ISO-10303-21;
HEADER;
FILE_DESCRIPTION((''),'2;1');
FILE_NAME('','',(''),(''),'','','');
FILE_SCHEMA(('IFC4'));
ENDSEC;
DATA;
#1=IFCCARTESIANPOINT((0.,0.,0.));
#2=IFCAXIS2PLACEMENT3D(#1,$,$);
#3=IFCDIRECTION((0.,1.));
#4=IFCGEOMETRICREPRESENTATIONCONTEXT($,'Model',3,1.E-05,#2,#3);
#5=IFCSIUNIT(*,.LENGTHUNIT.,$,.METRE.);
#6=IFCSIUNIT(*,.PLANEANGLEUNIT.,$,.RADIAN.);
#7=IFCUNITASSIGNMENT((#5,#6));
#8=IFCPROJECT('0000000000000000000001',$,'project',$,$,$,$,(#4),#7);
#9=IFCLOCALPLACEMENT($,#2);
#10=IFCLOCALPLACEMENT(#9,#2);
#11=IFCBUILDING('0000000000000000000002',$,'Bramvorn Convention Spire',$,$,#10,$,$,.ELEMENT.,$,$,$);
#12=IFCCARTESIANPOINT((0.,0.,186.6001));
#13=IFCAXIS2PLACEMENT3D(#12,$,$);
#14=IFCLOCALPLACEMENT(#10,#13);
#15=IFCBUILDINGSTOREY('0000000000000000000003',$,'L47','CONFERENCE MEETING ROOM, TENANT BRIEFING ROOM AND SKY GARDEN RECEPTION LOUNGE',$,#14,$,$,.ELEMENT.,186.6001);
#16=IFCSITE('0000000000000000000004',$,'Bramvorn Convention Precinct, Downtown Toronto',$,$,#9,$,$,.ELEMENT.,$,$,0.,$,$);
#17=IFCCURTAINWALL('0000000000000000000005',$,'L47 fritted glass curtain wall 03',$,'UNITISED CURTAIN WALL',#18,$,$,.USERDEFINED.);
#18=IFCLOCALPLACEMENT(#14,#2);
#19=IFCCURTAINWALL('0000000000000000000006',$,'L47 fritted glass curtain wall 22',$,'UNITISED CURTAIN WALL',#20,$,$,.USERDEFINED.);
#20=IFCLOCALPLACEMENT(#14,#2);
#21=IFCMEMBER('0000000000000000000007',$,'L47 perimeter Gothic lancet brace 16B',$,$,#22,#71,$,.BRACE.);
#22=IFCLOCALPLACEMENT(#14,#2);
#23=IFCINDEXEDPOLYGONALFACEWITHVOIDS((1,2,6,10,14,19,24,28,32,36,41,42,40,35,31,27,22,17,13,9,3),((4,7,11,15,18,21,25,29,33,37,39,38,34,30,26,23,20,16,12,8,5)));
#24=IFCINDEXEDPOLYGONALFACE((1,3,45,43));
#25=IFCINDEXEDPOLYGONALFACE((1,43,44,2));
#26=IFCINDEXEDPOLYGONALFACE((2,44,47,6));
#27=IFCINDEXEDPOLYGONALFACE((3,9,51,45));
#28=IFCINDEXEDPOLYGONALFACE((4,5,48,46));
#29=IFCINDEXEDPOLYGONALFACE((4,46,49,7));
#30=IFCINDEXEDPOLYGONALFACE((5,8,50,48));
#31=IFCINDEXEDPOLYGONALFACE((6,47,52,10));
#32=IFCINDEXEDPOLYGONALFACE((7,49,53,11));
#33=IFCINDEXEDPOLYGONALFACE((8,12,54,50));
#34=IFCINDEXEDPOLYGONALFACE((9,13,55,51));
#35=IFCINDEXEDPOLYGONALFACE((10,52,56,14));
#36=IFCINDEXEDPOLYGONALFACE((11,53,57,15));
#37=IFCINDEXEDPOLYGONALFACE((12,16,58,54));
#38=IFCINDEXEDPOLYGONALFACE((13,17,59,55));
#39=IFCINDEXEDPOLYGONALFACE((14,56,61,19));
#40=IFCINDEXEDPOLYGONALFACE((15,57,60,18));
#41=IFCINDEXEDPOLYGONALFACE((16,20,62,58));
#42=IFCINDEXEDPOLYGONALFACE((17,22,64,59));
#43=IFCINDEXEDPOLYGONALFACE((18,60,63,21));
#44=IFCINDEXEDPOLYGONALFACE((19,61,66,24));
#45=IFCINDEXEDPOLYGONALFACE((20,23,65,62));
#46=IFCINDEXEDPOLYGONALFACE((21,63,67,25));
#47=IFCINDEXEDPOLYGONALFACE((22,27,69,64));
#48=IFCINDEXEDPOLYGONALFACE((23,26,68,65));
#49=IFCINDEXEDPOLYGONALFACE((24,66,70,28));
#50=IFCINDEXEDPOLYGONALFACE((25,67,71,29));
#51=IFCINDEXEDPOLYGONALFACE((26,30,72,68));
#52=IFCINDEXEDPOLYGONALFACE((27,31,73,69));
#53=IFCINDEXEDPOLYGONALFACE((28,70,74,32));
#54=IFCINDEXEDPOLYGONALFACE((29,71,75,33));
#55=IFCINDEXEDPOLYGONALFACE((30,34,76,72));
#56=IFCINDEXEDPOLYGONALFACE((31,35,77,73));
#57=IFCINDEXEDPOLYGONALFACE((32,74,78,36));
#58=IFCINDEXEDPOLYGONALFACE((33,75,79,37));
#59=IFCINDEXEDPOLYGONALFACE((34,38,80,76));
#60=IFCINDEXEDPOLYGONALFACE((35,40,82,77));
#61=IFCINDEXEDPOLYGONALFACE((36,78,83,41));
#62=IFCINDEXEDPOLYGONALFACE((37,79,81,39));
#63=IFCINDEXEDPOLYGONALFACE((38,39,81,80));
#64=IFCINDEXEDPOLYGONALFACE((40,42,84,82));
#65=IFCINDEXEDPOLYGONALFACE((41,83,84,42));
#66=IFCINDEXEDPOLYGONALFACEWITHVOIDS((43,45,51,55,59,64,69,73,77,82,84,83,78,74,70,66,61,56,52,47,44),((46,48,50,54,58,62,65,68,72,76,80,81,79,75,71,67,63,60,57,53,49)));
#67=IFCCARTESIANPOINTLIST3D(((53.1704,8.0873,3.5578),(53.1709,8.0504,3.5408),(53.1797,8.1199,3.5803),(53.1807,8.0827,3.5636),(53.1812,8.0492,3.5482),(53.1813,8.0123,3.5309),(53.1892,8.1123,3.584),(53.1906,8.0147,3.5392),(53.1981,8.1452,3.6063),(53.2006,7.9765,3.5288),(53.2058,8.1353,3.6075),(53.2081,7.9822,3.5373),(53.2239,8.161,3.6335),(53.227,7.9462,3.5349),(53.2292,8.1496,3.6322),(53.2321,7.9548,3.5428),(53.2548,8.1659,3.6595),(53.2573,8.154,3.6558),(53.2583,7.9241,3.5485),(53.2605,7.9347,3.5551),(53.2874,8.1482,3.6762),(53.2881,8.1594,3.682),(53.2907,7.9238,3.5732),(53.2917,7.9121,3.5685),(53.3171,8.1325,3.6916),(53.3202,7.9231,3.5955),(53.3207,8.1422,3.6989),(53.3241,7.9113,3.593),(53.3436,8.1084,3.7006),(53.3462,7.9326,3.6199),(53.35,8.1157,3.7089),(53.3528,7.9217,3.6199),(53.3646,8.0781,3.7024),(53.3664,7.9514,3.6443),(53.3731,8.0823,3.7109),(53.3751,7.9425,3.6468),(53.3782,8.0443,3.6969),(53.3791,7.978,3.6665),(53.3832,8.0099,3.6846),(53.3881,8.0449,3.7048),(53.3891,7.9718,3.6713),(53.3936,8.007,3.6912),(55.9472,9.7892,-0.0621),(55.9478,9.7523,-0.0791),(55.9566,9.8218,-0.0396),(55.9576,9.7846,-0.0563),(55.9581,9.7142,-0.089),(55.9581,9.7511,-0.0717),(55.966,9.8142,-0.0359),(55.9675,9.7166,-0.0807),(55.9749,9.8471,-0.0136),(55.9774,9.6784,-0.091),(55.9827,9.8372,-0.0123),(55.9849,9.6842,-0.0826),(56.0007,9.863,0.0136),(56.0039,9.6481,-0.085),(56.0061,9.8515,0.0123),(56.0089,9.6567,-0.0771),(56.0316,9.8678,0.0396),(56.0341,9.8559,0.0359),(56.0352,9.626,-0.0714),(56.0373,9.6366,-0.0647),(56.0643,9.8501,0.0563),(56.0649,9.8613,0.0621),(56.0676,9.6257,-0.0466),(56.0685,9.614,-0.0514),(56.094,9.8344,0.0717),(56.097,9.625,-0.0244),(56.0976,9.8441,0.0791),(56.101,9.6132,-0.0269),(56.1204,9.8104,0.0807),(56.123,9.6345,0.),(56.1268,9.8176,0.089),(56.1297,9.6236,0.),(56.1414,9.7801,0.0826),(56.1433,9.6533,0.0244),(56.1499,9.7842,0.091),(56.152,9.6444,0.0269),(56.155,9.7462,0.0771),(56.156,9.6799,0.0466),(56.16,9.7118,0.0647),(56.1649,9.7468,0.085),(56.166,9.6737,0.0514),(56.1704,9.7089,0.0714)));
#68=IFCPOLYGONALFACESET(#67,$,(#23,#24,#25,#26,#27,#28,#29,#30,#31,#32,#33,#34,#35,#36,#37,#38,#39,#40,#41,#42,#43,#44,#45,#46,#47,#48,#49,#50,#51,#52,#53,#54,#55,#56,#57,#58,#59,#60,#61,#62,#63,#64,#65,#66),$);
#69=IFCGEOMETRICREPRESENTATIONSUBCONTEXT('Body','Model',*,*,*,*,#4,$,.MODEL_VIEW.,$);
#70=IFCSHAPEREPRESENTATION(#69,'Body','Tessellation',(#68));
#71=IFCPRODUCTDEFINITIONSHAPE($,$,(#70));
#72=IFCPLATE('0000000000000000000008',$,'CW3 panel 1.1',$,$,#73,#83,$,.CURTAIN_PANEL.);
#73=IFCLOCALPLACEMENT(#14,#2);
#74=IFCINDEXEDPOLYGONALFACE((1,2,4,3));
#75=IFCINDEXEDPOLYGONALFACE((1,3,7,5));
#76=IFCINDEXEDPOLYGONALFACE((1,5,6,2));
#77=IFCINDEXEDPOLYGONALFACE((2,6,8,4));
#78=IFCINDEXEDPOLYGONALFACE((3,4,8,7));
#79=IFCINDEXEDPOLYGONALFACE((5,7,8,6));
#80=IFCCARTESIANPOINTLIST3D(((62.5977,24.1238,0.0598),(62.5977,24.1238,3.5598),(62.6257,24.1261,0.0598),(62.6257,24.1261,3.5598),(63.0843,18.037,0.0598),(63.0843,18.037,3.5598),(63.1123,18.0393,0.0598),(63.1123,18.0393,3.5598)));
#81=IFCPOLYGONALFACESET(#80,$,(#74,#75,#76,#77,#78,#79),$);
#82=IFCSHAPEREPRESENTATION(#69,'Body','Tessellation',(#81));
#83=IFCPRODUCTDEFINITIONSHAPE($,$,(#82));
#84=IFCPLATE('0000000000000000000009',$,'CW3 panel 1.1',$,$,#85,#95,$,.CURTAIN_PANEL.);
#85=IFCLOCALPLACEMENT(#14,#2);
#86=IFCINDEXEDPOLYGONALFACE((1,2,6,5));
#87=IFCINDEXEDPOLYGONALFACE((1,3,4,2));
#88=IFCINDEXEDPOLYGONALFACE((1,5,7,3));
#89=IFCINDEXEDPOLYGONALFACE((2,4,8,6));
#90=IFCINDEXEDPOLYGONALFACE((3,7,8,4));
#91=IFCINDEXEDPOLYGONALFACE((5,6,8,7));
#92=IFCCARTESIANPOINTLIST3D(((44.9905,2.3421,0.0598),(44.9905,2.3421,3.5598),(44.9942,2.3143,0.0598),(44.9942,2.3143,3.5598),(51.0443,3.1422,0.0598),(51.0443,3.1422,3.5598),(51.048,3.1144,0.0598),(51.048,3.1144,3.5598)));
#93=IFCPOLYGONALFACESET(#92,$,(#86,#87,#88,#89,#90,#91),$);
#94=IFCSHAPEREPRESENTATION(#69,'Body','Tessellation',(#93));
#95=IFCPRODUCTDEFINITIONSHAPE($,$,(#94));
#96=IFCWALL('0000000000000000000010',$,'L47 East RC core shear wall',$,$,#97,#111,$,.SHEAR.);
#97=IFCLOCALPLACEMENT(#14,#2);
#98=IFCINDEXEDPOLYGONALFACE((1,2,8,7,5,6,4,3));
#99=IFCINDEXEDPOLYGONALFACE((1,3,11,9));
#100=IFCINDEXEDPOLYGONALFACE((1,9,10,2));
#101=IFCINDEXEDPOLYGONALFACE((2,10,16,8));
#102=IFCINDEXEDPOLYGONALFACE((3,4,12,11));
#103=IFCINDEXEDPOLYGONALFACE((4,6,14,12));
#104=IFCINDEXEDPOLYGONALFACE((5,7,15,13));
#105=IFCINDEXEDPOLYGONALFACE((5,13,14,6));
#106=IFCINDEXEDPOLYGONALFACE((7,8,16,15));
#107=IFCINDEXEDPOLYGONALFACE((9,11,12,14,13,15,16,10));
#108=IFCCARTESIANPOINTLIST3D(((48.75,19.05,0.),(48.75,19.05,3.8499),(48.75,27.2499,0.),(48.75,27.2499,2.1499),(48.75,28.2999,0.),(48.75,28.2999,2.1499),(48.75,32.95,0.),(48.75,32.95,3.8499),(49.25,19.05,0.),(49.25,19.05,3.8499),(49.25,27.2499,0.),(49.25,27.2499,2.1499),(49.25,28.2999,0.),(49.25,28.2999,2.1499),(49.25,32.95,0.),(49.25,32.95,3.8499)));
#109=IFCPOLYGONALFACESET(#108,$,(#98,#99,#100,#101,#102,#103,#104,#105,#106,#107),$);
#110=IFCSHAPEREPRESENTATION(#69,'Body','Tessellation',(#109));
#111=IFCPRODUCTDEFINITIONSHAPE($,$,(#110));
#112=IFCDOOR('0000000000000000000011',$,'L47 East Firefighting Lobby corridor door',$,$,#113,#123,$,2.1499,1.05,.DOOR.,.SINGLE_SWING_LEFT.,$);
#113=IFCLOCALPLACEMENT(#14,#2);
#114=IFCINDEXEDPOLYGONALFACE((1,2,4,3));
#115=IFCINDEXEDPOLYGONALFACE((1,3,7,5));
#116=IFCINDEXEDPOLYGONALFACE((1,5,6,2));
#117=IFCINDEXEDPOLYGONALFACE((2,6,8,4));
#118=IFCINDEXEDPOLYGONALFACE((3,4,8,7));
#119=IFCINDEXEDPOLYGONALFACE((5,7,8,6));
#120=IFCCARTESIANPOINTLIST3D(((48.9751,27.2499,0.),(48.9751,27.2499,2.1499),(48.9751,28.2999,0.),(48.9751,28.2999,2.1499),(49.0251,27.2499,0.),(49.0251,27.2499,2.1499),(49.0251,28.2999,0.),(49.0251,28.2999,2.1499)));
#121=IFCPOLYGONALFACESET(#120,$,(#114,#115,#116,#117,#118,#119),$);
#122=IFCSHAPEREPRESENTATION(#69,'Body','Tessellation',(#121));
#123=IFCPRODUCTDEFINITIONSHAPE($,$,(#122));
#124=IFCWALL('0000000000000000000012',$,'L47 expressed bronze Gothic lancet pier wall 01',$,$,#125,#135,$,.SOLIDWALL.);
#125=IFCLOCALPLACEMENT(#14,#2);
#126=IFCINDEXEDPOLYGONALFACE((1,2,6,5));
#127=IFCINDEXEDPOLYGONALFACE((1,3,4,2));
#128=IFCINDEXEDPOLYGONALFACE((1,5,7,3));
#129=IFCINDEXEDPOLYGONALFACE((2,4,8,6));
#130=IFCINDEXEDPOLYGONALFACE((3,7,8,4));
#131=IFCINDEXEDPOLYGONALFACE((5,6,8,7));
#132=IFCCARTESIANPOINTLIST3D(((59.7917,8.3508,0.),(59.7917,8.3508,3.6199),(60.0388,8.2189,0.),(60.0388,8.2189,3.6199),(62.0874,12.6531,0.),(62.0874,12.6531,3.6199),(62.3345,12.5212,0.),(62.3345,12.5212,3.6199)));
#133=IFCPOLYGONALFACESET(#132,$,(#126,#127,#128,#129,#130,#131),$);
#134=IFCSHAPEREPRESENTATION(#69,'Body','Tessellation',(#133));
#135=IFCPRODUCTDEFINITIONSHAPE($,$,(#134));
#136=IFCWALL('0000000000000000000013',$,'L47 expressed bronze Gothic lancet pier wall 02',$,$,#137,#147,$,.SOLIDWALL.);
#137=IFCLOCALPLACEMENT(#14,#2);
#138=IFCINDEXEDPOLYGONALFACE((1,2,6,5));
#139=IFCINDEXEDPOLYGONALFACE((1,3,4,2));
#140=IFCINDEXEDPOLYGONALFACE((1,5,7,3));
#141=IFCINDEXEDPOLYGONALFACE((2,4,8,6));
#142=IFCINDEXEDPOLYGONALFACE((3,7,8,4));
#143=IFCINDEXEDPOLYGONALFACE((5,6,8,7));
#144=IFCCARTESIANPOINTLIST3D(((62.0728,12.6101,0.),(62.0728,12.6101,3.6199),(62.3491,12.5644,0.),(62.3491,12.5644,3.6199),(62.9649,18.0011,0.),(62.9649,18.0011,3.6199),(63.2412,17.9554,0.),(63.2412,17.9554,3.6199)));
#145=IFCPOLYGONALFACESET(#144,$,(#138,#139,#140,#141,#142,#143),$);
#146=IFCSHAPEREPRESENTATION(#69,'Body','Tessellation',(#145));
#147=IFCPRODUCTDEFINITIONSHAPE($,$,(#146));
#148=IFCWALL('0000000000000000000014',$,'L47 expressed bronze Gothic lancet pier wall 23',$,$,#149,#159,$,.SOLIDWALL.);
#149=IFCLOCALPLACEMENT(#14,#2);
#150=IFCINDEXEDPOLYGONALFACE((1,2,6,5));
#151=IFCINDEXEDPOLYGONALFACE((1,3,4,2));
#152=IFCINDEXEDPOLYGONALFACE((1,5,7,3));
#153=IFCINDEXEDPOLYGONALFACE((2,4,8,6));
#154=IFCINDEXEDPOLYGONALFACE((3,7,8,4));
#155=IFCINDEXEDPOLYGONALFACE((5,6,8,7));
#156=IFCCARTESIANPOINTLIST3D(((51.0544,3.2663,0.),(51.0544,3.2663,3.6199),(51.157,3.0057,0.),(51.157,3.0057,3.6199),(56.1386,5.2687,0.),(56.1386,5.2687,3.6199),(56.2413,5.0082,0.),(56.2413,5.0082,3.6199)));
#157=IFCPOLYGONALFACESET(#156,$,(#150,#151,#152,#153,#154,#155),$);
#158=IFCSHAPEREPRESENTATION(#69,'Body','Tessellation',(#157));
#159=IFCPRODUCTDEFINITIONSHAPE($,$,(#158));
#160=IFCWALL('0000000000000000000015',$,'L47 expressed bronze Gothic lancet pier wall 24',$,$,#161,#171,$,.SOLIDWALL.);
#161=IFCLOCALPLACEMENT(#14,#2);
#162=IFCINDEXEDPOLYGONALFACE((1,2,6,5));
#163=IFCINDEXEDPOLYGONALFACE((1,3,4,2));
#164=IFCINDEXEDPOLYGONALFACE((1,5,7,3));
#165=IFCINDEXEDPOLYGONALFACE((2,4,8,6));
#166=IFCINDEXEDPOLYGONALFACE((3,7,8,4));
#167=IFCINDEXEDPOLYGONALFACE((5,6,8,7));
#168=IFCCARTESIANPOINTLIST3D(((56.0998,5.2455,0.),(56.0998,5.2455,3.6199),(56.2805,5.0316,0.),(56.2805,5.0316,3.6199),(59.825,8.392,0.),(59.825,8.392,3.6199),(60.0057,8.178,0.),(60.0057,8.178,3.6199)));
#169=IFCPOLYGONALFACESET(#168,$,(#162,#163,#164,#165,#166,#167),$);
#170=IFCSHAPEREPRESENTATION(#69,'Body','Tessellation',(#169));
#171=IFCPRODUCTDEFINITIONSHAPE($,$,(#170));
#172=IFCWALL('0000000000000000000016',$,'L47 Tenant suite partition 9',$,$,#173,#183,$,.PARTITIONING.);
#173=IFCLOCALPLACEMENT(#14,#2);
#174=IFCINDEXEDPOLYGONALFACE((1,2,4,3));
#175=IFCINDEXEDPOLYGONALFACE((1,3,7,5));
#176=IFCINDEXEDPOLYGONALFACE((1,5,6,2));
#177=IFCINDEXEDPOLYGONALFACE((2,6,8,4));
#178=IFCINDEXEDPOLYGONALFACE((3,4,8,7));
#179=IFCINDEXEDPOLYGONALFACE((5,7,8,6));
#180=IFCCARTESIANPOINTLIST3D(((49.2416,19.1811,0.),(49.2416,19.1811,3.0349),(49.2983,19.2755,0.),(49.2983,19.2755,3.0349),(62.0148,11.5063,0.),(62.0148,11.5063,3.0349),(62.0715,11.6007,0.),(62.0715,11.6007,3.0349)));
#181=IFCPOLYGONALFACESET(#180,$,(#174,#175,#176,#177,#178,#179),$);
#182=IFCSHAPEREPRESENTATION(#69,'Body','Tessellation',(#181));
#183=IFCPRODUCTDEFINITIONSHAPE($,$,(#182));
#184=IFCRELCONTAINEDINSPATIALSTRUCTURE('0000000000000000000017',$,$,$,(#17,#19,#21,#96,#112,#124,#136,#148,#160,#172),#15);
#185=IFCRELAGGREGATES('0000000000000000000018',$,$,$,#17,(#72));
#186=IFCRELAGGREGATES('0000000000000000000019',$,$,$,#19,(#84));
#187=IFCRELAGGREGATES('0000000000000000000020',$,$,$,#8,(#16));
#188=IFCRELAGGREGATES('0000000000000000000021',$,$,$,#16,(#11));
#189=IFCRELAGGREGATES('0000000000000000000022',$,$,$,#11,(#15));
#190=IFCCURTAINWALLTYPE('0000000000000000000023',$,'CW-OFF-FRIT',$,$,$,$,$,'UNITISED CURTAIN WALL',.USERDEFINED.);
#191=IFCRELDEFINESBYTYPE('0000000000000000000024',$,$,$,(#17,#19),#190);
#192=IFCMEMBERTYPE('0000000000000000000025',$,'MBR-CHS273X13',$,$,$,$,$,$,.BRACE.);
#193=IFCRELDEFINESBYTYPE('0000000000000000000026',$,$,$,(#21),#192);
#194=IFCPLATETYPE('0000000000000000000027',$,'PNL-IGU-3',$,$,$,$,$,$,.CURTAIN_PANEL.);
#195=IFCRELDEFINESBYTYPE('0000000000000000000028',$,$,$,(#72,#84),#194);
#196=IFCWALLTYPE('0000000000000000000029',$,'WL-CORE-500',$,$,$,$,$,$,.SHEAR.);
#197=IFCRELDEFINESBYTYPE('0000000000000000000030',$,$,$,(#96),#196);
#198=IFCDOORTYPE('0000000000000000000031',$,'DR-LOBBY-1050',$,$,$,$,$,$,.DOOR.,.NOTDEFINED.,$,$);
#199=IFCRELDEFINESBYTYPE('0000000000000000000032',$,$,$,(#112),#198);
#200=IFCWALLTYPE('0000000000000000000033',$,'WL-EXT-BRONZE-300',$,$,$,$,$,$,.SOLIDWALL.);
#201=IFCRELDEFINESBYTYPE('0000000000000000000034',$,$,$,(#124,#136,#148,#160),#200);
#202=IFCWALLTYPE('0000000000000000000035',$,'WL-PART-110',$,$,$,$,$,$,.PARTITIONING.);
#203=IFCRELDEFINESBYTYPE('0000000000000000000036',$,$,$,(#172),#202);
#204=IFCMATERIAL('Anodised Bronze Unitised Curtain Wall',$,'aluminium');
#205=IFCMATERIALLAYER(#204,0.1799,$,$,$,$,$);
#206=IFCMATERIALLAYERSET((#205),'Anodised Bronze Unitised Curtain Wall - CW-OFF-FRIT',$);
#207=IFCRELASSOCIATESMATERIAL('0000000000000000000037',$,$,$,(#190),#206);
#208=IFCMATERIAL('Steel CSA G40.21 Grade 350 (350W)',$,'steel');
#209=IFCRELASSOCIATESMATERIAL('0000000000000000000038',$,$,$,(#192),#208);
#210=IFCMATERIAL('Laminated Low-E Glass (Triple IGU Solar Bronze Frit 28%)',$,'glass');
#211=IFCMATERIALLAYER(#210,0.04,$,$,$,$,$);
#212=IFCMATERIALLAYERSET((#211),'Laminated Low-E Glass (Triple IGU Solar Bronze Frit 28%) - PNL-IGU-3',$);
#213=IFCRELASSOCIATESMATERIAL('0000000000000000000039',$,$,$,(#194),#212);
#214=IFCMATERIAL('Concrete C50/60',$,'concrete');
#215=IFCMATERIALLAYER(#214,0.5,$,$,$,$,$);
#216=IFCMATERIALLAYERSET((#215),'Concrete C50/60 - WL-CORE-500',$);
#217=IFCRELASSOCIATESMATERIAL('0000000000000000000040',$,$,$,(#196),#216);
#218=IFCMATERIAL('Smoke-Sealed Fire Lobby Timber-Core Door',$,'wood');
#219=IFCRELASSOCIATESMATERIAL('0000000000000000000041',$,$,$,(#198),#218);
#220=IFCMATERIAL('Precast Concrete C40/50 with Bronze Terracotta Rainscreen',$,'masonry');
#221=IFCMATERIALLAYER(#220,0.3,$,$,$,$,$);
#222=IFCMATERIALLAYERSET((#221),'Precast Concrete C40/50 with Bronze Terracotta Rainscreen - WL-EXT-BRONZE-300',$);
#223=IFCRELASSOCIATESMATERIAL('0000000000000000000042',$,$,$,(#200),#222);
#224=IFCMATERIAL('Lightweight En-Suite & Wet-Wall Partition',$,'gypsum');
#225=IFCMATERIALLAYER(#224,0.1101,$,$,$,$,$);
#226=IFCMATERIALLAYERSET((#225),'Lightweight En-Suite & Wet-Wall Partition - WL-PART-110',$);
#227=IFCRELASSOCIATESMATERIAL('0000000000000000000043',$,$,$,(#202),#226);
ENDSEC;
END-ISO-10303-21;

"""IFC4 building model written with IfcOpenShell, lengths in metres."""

from ifc_helpers import new_model, si_unit, direction, frame, frame_2d, origin, origin_2d, place, context, subcontext, project, spatial, rectangle, hollow_circle, extrude, material, layer, layer_set, material_profile, profile_set, type_object, element, fill, aggregate, save


model = new_model("IFC4")

# Units and contexts
model_context = context("Model", 3, precision=1e-05, world=origin(), true_north=direction((0.0, 1.0)))
body_context = subcontext(model_context, "Body", "Model", "MODEL_VIEW")
ifc_project = project(units=[si_unit("LENGTHUNIT", "METRE"), si_unit("PLANEANGLEUNIT", "RADIAN")], contexts=[model_context])

# Site, building, storey
site_placement = place(None, origin())
site = spatial("IfcSite", under=ifc_project, at=site_placement, Name="Bramvorn Convention Precinct, Downtown Toronto", CompositionType="ELEMENT", RefElevation=0.0)
building_placement = place(site_placement, origin())
building = spatial("IfcBuilding", under=site, at=building_placement, Name="Bramvorn Convention Spire", CompositionType="ELEMENT")
storey_placement = place(building_placement, frame((0.0, 0.0, 186.6001)))
storey = spatial("IfcBuildingStorey", under=building, at=storey_placement, Name="L47", Description="CONFERENCE MEETING ROOM, TENANT BRIEFING ROOM AND SKY GARDEN RECEPTION LOUNGE", CompositionType="ELEMENT", Elevation=186.6001)

# Shared definitions
ifc_material_1 = material(Name="Steel CSA G40.21 Grade 350 (350W)", Category="steel")

# Curtain wall
ifc_material_2 = material(Name="Anodised Bronze Unitised Curtain Wall", Category="aluminium")
ifc_layer_1 = layer(ifc_material_2, 0.1799)
ifc_layer_set_1 = layer_set([ifc_layer_1], Name="Anodised Bronze Unitised Curtain Wall - CW-OFF-FRIT")
curtain_wall_type = type_object("IfcCurtainWallType", Name="CW-OFF-FRIT", ElementType="UNITISED CURTAIN WALL", PredefinedType="USERDEFINED", material=ifc_layer_set_1)
curtain_wall_1_placement = place(storey_placement, origin())
curtain_wall_1 = element("IfcCurtainWall", 1, at=curtain_wall_1_placement, inside=storey, type_object=curtain_wall_type, Name="L47 fritted glass curtain wall 03", ObjectType="UNITISED CURTAIN WALL", PredefinedType="USERDEFINED")

# Curtain wall
curtain_wall_2_placement = place(storey_placement, origin())
curtain_wall_2 = element("IfcCurtainWall", 2, at=curtain_wall_2_placement, inside=storey, type_object=curtain_wall_type, Name="L47 fritted glass curtain wall 22", ObjectType="UNITISED CURTAIN WALL", PredefinedType="USERDEFINED")

# Member
ifc_material_profile_1 = material_profile(ifc_material_1, hollow_circle(Radius=0.1365, WallThickness=0.0127, at=origin_2d()))
ifc_profile_set_1 = profile_set([ifc_material_profile_1], Name="Steel CSA G40.21 Grade 350 (350W) - CHS273X13")
member_type_1 = type_object("IfcMemberType", Name="MBR-CHS273X13", PredefinedType="BRACE", material=ifc_profile_set_1)
member_1_placement = place(storey_placement, frame((56.0583, 9.74, 0.0), z_axis=(-0.570269, -0.349511, 0.743395), x_axis=(0.522553, -0.852607, 0.0)))
element("IfcMember", 3, at=member_1_placement, inside=storey, type_object=member_type_1, Name="L47 perimeter Gothic lancet brace 16B", PredefinedType="BRACE", context=body_context, shape_type="SweptSolid", body=[
    extrude(hollow_circle(Radius=0.1365, WallThickness=0.0127, at=origin_2d()), origin(), (0.0, 0.0, 1.0), 4.8694),
])

# Plates
ifc_material_3 = material(Name="Laminated Low-E Glass (Triple IGU Solar Bronze Frit 28%)", Category="glass")
ifc_layer_2 = layer(ifc_material_3, 0.04)
ifc_layer_set_2 = layer_set([ifc_layer_2], Name="Laminated Low-E Glass (Triple IGU Solar Bronze Frit 28%) - PNL-IGU-3")
plate_type = type_object("IfcPlateType", Name="PNL-IGU-3", PredefinedType="CURTAIN_PANEL", material=ifc_layer_set_2)
plate_1_placement = place(storey_placement, frame((62.855, 21.0815, 0.0598), z_axis=(0.0, 0.0, 1.0), x_axis=(0.079694, -0.996819, 0.0)))
plate_1 = element("IfcPlate", 4, at=plate_1_placement, type_object=plate_type, Name="CW3 panel 1.1", PredefinedType="CURTAIN_PANEL", context=body_context, shape_type="SweptSolid", body=[
    extrude(rectangle(XDim=6.1062, YDim=0.0281, at=origin_2d()), origin(), (0.0, 0.0, 1.0), 3.5),
])
aggregate(curtain_wall_1, [plate_1])
plate_2_placement = place(storey_placement, frame((48.0193, 2.7283, 0.0598), z_axis=(0.0, 0.0, 1.0), x_axis=(-0.991379, -0.131023, 0.0)))
plate_2 = element("IfcPlate", 5, at=plate_2_placement, type_object=plate_type, Name="CW3 panel 1.1", PredefinedType="CURTAIN_PANEL", context=body_context, shape_type="SweptSolid", body=[
    extrude(rectangle(XDim=6.1064, YDim=0.0281, at=origin_2d()), origin(), (0.0, 0.0, 1.0), 3.5),
])
aggregate(curtain_wall_2, [plate_2])

# Wall, opening, door
ifc_material_4 = material(Name="Concrete C50/60", Category="concrete")
ifc_layer_3 = layer(ifc_material_4, 0.5)
ifc_layer_set_3 = layer_set([ifc_layer_3], Name="Concrete C50/60 - WL-CORE-500")
wall_type_1 = type_object("IfcWallType", Name="WL-CORE-500", PredefinedType="SHEAR", material=ifc_layer_set_3)
wall_1_placement = place(storey_placement, frame((49.0, 19.05, 0.0), z_axis=(0.0, 0.0, 1.0), x_axis=(0.0, 1.0, 0.0)))
wall_1 = element("IfcWall", 6, at=wall_1_placement, inside=storey, type_object=wall_type_1, Name="L47 East RC core shear wall", PredefinedType="SHEAR", context=body_context, shape_type="SweptSolid", body=[
    extrude(rectangle(XDim=13.8999, YDim=0.5, at=frame_2d((6.95, 0.0))), origin(), (0.0, 0.0, 1.0), 3.8499),
])
opening_placement = place(wall_1_placement, frame((8.2, 0.0, 0.0)))
opening = element("IfcOpeningElement", 7, at=opening_placement, cuts=wall_1, PredefinedType="OPENING", context=body_context, shape_type="SweptSolid", body=[
    extrude(rectangle(XDim=1.05, YDim=2.1499, at=frame_2d((0.5249, 1.075))), frame((0.0, 0.26, 0.0), z_axis=(0.0, -1.0, 0.0), x_axis=(1.0, 0.0, 0.0)), (0.0, 0.0, 1.0), 0.52),
])
ifc_material_5 = material(Name="Smoke-Sealed Fire Lobby Timber-Core Door", Category="wood")
door_type = type_object("IfcDoorType", Name="DR-LOBBY-1050", OperationType="NOTDEFINED", PredefinedType="DOOR", material=ifc_material_5)
door_placement = place(opening_placement, origin())
door = element("IfcDoor", 8, at=door_placement, inside=storey, type_object=door_type, Name="L47 East Firefighting Lobby corridor door", OperationType="SINGLE_SWING_LEFT", OverallHeight=2.1499, OverallWidth=1.05, PredefinedType="DOOR", context=body_context, shape_type="SweptSolid", body=[
    extrude(rectangle(XDim=1.05, YDim=2.1499, at=frame_2d((0.5249, 1.075))), frame((0.0, 0.0249, 0.0), z_axis=(0.0, -1.0, 0.0), x_axis=(1.0, 0.0, 0.0)), (0.0, 0.0, 1.0), 0.05),
])
fill(opening, door)

# Walls
ifc_material_6 = material(Name="Precast Concrete C40/50 with Bronze Terracotta Rainscreen", Category="masonry")
ifc_layer_4 = layer(ifc_material_6, 0.3)
ifc_layer_set_4 = layer_set([ifc_layer_4], Name="Precast Concrete C40/50 with Bronze Terracotta Rainscreen - WL-EXT-BRONZE-300")
wall_type_2 = type_object("IfcWallType", Name="WL-EXT-BRONZE-300", PredefinedType="SOLIDWALL", material=ifc_layer_set_4)
wall_2_placement = place(storey_placement, frame((62.2109, 12.5872, 0.0), z_axis=(0.0, 0.0, 1.0), x_axis=(-0.470768, -0.882257, 0.0)))
element("IfcWall", 9, at=wall_2_placement, inside=storey, type_object=wall_type_2, Name="L47 expressed bronze Gothic lancet pier wall 01", PredefinedType="SOLIDWALL", context=body_context, shape_type="SweptSolid", body=[
    extrude(rectangle(XDim=4.8765, YDim=0.28, at=frame_2d((2.4382, 0.0))), origin(), (0.0, 0.0, 1.0), 3.6199),
])
for number, where, z_axis, x_axis, name in (
    (10, (63.103, 17.9783, 0.0), (0.0, 0.0, 1.0), (-0.163254, -0.986584, 0.0), "L47 expressed bronze Gothic lancet pier wall 02"),
    (11, (56.1899, 5.1384, 0.0), (0.0, 0.0, 1.0), (-0.930436, -0.366455, 0.0), "L47 expressed bronze Gothic lancet pier wall 23"),
):
    element("IfcWall", number, at=place(storey_placement, frame(where, z_axis=z_axis, x_axis=x_axis)), inside=storey, type_object=wall_type_2, Name=name, PredefinedType="SOLIDWALL", context=body_context, shape_type="SweptSolid", body=[
        extrude(rectangle(XDim=5.4644, YDim=0.28, at=frame_2d((2.7322, 0.0))), origin(), (0.0, 0.0, 1.0), 3.6199),
    ])
wall_3_placement = place(storey_placement, frame((59.9153, 8.2849, 0.0), z_axis=(0.0, 0.0, 1.0), x_axis=(-0.763965, -0.645257, 0.0)))
element("IfcWall", 12, at=wall_3_placement, inside=storey, type_object=wall_type_2, Name="L47 expressed bronze Gothic lancet pier wall 24", PredefinedType="SOLIDWALL", context=body_context, shape_type="SweptSolid", body=[
    extrude(rectangle(XDim=4.8762, YDim=0.28, at=frame_2d((2.438, 0.0))), origin(), (0.0, 0.0, 1.0), 3.6199),
])
ifc_material_7 = material(Name="Lightweight En-Suite & Wet-Wall Partition", Category="gypsum")
ifc_layer_5 = layer(ifc_material_7, 0.1101)
ifc_layer_set_5 = layer_set([ifc_layer_5], Name="Lightweight En-Suite & Wet-Wall Partition - WL-PART-110")
wall_type_3 = type_object("IfcWallType", Name="WL-PART-110", PredefinedType="PARTITIONING", material=ifc_layer_set_5)
wall_4_placement = place(storey_placement, frame((49.27, 19.2283, 0.0), z_axis=(0.0, 0.0, 1.0), x_axis=(0.85717, -0.515033, 0.0)))
element("IfcWall", 13, at=wall_4_placement, inside=storey, type_object=wall_type_3, Name="L47 Tenant suite partition 9", PredefinedType="PARTITIONING", context=body_context, shape_type="SweptSolid", body=[
    extrude(rectangle(XDim=14.9016, YDim=0.1101, at=frame_2d((7.4507, 0.0))), origin(), (0.0, 0.0, 1.0), 3.0349),
])

save(model, "model.ifc")
